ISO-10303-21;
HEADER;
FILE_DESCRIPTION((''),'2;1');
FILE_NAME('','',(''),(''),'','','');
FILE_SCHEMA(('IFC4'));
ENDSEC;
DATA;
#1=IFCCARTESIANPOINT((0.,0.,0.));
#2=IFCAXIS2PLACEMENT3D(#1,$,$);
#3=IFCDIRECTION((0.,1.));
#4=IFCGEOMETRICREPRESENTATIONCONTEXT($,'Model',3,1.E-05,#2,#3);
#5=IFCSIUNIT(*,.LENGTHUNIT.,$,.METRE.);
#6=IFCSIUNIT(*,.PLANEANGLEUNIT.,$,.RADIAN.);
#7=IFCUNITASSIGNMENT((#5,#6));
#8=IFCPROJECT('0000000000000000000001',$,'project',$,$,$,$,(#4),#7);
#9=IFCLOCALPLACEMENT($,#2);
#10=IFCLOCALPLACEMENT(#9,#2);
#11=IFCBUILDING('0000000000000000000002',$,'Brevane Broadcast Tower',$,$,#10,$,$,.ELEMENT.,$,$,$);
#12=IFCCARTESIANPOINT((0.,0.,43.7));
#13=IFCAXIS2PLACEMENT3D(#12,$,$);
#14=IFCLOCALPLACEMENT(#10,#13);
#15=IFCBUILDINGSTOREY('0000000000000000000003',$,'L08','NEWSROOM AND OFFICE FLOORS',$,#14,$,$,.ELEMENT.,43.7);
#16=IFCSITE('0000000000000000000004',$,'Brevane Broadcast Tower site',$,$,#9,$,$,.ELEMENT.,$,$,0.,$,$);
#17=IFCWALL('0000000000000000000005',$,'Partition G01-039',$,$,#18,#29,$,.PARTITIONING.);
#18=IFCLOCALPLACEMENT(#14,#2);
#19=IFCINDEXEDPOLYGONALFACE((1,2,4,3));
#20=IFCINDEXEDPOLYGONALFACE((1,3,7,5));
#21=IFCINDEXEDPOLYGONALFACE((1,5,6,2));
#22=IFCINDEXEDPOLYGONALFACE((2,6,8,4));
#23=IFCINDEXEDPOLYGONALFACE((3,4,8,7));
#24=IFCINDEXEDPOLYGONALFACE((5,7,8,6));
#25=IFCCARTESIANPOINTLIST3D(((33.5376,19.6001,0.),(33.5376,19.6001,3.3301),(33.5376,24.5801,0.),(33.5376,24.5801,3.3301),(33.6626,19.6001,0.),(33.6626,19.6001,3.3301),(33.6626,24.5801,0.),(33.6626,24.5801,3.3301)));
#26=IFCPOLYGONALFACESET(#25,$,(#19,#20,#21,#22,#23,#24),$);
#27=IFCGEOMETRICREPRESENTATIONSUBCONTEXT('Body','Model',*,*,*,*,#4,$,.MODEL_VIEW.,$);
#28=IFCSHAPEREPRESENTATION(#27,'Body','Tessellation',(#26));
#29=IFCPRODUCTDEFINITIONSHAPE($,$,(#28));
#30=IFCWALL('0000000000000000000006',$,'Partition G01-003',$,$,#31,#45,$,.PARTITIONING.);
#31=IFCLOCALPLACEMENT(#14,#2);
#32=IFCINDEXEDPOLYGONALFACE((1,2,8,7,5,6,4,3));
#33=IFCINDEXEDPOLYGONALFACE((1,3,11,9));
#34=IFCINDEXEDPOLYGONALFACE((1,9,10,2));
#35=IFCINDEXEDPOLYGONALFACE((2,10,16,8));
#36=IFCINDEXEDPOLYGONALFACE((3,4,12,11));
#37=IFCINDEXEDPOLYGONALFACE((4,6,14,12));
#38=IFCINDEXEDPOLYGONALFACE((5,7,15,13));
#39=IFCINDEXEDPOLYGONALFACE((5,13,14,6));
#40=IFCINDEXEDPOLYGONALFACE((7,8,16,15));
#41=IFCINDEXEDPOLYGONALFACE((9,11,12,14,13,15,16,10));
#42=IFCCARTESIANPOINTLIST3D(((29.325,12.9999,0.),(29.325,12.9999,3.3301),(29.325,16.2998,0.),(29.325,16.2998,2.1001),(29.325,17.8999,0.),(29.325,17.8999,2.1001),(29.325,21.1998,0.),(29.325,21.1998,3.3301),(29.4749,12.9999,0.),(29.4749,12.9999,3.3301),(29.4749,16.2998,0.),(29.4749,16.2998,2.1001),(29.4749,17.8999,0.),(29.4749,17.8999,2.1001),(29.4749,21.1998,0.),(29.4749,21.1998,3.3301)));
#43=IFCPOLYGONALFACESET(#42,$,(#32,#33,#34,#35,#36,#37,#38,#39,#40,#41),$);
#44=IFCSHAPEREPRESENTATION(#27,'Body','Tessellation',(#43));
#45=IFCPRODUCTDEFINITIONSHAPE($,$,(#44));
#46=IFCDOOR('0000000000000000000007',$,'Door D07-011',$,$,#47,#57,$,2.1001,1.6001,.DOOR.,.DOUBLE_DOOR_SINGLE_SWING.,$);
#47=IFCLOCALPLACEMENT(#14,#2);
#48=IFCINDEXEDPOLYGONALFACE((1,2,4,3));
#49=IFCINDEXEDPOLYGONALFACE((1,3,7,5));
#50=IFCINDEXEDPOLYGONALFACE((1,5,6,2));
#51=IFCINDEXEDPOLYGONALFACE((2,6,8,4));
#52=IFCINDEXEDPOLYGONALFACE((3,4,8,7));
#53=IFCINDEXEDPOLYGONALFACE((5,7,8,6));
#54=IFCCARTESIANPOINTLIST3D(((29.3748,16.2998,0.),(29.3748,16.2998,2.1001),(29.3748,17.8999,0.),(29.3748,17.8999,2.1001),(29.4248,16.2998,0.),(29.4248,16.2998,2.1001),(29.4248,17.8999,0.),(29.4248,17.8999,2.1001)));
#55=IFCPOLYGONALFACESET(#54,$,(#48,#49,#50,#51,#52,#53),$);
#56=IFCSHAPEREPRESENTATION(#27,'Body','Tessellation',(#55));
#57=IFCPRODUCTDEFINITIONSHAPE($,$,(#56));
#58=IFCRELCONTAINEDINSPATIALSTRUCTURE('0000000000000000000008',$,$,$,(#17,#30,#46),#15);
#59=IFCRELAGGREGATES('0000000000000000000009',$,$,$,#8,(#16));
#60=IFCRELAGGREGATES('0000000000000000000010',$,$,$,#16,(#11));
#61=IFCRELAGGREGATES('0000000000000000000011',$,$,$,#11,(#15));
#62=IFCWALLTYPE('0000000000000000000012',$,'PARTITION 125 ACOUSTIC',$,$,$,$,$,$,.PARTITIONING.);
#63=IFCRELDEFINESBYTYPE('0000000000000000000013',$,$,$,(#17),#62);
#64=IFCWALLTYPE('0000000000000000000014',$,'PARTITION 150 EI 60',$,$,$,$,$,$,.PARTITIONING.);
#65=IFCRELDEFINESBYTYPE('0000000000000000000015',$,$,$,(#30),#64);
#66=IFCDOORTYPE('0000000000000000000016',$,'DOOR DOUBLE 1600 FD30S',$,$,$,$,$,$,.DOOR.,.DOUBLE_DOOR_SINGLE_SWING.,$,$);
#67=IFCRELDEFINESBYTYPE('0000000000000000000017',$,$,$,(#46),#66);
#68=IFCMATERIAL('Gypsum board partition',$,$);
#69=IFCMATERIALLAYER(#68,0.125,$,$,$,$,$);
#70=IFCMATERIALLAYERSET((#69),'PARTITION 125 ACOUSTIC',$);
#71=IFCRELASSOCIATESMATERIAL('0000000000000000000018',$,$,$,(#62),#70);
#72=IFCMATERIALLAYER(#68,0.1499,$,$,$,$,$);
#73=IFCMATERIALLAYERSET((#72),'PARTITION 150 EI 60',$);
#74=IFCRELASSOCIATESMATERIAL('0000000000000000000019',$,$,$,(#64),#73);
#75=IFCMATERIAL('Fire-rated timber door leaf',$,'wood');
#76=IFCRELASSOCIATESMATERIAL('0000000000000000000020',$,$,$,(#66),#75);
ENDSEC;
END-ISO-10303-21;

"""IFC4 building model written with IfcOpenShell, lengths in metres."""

from ifc_helpers import new_model, si_unit, direction, frame, frame_2d, origin, place, context, subcontext, project, spatial, rectangle, extrude, material, layer, layer_set, type_object, element, fill, save


model = new_model("IFC4")

# Units and contexts
model_context = context("Model", 3, precision=1e-05, world=origin(), true_north=direction((0.0, 1.0)))
body_context = subcontext(model_context, "Body", "Model", "MODEL_VIEW")
ifc_project = project(units=[si_unit("LENGTHUNIT", "METRE"), si_unit("PLANEANGLEUNIT", "RADIAN")], contexts=[model_context])

# Site, building, storey
site_placement = place(None, origin())
site = spatial("IfcSite", under=ifc_project, at=site_placement, Name="Brevane Broadcast Tower site", CompositionType="ELEMENT", RefElevation=0.0)
building_placement = place(site_placement, origin())
building = spatial("IfcBuilding", under=site, at=building_placement, Name="Brevane Broadcast Tower", CompositionType="ELEMENT")
storey_placement = place(building_placement, frame((0.0, 0.0, 43.7)))
storey = spatial("IfcBuildingStorey", under=building, at=storey_placement, Name="L08", Description="NEWSROOM AND OFFICE FLOORS", CompositionType="ELEMENT", Elevation=43.7)

# Wall
ifc_material_1 = material(Name="Gypsum board partition")
ifc_layer_1 = layer(ifc_material_1, 0.125)
ifc_layer_set_1 = layer_set([ifc_layer_1], Name="PARTITION 125 ACOUSTIC")
wall_type_1 = type_object("IfcWallType", Name="PARTITION 125 ACOUSTIC", PredefinedType="PARTITIONING", material=ifc_layer_set_1)
wall_1_placement = place(storey_placement, frame((33.6001, 24.5801, 0.0), z_axis=(0.0, 0.0, 1.0), x_axis=(0.0, -1.0, 0.0)))
element("IfcWall", 1, at=wall_1_placement, inside=storey, type_object=wall_type_1, Name="Partition G01-039", PredefinedType="PARTITIONING", context=body_context, shape_type="SweptSolid", body=[
    extrude(rectangle(XDim=4.98, YDim=0.125, at=frame_2d((2.49, 0.0))), origin(), (0.0, 0.0, 1.0), 3.3301),
])

# Wall, opening, door
ifc_layer_2 = layer(ifc_material_1, 0.1499)
ifc_layer_set_2 = layer_set([ifc_layer_2], Name="PARTITION 150 EI 60")
wall_type_2 = type_object("IfcWallType", Name="PARTITION 150 EI 60", PredefinedType="PARTITIONING", material=ifc_layer_set_2)
wall_2_placement = place(storey_placement, frame((29.3999, 21.2, 0.0), z_axis=(0.0, 0.0, 1.0), x_axis=(0.0, -1.0, 0.0)))
wall_2 = element("IfcWall", 2, at=wall_2_placement, inside=storey, type_object=wall_type_2, Name="Partition G01-003", PredefinedType="PARTITIONING", context=body_context, shape_type="SweptSolid", body=[
    extrude(rectangle(XDim=8.2, YDim=0.1499, at=frame_2d((4.1001, 0.0))), origin(), (0.0, 0.0, 1.0), 3.3301),
])
opening_placement = place(wall_2_placement, frame((3.3, 0.0, 0.0)))
opening = element("IfcOpeningElement", 3, at=opening_placement, cuts=wall_2, PredefinedType="OPENING", context=body_context, shape_type="SweptSolid", body=[
    extrude(rectangle(XDim=1.6001, YDim=2.1001, at=frame_2d((0.8, 1.05))), frame((0.0, 0.085, 0.0), z_axis=(0.0, -1.0, 0.0), x_axis=(1.0, 0.0, 0.0)), (0.0, 0.0, 1.0), 0.1699),
])
ifc_material_2 = material(Name="Fire-rated timber door leaf", Category="wood")
door_type = type_object("IfcDoorType", Name="DOOR DOUBLE 1600 FD30S", OperationType="DOUBLE_DOOR_SINGLE_SWING", PredefinedType="DOOR", material=ifc_material_2)
door_placement = place(opening_placement, origin())
door = element("IfcDoor", 4, at=door_placement, inside=storey, type_object=door_type, Name="Door D07-011", OperationType="DOUBLE_DOOR_SINGLE_SWING", OverallHeight=2.1001, OverallWidth=1.6001, PredefinedType="DOOR", context=body_context, shape_type="SweptSolid", body=[
    extrude(rectangle(XDim=1.6001, YDim=2.1001, at=frame_2d((0.8, 1.05))), frame((0.0, 0.0249, 0.0), z_axis=(0.0, -1.0, 0.0), x_axis=(1.0, 0.0, 0.0)), (0.0, 0.0, 1.0), 0.05),
])
fill(opening, door)

save(model, "model.ifc")
